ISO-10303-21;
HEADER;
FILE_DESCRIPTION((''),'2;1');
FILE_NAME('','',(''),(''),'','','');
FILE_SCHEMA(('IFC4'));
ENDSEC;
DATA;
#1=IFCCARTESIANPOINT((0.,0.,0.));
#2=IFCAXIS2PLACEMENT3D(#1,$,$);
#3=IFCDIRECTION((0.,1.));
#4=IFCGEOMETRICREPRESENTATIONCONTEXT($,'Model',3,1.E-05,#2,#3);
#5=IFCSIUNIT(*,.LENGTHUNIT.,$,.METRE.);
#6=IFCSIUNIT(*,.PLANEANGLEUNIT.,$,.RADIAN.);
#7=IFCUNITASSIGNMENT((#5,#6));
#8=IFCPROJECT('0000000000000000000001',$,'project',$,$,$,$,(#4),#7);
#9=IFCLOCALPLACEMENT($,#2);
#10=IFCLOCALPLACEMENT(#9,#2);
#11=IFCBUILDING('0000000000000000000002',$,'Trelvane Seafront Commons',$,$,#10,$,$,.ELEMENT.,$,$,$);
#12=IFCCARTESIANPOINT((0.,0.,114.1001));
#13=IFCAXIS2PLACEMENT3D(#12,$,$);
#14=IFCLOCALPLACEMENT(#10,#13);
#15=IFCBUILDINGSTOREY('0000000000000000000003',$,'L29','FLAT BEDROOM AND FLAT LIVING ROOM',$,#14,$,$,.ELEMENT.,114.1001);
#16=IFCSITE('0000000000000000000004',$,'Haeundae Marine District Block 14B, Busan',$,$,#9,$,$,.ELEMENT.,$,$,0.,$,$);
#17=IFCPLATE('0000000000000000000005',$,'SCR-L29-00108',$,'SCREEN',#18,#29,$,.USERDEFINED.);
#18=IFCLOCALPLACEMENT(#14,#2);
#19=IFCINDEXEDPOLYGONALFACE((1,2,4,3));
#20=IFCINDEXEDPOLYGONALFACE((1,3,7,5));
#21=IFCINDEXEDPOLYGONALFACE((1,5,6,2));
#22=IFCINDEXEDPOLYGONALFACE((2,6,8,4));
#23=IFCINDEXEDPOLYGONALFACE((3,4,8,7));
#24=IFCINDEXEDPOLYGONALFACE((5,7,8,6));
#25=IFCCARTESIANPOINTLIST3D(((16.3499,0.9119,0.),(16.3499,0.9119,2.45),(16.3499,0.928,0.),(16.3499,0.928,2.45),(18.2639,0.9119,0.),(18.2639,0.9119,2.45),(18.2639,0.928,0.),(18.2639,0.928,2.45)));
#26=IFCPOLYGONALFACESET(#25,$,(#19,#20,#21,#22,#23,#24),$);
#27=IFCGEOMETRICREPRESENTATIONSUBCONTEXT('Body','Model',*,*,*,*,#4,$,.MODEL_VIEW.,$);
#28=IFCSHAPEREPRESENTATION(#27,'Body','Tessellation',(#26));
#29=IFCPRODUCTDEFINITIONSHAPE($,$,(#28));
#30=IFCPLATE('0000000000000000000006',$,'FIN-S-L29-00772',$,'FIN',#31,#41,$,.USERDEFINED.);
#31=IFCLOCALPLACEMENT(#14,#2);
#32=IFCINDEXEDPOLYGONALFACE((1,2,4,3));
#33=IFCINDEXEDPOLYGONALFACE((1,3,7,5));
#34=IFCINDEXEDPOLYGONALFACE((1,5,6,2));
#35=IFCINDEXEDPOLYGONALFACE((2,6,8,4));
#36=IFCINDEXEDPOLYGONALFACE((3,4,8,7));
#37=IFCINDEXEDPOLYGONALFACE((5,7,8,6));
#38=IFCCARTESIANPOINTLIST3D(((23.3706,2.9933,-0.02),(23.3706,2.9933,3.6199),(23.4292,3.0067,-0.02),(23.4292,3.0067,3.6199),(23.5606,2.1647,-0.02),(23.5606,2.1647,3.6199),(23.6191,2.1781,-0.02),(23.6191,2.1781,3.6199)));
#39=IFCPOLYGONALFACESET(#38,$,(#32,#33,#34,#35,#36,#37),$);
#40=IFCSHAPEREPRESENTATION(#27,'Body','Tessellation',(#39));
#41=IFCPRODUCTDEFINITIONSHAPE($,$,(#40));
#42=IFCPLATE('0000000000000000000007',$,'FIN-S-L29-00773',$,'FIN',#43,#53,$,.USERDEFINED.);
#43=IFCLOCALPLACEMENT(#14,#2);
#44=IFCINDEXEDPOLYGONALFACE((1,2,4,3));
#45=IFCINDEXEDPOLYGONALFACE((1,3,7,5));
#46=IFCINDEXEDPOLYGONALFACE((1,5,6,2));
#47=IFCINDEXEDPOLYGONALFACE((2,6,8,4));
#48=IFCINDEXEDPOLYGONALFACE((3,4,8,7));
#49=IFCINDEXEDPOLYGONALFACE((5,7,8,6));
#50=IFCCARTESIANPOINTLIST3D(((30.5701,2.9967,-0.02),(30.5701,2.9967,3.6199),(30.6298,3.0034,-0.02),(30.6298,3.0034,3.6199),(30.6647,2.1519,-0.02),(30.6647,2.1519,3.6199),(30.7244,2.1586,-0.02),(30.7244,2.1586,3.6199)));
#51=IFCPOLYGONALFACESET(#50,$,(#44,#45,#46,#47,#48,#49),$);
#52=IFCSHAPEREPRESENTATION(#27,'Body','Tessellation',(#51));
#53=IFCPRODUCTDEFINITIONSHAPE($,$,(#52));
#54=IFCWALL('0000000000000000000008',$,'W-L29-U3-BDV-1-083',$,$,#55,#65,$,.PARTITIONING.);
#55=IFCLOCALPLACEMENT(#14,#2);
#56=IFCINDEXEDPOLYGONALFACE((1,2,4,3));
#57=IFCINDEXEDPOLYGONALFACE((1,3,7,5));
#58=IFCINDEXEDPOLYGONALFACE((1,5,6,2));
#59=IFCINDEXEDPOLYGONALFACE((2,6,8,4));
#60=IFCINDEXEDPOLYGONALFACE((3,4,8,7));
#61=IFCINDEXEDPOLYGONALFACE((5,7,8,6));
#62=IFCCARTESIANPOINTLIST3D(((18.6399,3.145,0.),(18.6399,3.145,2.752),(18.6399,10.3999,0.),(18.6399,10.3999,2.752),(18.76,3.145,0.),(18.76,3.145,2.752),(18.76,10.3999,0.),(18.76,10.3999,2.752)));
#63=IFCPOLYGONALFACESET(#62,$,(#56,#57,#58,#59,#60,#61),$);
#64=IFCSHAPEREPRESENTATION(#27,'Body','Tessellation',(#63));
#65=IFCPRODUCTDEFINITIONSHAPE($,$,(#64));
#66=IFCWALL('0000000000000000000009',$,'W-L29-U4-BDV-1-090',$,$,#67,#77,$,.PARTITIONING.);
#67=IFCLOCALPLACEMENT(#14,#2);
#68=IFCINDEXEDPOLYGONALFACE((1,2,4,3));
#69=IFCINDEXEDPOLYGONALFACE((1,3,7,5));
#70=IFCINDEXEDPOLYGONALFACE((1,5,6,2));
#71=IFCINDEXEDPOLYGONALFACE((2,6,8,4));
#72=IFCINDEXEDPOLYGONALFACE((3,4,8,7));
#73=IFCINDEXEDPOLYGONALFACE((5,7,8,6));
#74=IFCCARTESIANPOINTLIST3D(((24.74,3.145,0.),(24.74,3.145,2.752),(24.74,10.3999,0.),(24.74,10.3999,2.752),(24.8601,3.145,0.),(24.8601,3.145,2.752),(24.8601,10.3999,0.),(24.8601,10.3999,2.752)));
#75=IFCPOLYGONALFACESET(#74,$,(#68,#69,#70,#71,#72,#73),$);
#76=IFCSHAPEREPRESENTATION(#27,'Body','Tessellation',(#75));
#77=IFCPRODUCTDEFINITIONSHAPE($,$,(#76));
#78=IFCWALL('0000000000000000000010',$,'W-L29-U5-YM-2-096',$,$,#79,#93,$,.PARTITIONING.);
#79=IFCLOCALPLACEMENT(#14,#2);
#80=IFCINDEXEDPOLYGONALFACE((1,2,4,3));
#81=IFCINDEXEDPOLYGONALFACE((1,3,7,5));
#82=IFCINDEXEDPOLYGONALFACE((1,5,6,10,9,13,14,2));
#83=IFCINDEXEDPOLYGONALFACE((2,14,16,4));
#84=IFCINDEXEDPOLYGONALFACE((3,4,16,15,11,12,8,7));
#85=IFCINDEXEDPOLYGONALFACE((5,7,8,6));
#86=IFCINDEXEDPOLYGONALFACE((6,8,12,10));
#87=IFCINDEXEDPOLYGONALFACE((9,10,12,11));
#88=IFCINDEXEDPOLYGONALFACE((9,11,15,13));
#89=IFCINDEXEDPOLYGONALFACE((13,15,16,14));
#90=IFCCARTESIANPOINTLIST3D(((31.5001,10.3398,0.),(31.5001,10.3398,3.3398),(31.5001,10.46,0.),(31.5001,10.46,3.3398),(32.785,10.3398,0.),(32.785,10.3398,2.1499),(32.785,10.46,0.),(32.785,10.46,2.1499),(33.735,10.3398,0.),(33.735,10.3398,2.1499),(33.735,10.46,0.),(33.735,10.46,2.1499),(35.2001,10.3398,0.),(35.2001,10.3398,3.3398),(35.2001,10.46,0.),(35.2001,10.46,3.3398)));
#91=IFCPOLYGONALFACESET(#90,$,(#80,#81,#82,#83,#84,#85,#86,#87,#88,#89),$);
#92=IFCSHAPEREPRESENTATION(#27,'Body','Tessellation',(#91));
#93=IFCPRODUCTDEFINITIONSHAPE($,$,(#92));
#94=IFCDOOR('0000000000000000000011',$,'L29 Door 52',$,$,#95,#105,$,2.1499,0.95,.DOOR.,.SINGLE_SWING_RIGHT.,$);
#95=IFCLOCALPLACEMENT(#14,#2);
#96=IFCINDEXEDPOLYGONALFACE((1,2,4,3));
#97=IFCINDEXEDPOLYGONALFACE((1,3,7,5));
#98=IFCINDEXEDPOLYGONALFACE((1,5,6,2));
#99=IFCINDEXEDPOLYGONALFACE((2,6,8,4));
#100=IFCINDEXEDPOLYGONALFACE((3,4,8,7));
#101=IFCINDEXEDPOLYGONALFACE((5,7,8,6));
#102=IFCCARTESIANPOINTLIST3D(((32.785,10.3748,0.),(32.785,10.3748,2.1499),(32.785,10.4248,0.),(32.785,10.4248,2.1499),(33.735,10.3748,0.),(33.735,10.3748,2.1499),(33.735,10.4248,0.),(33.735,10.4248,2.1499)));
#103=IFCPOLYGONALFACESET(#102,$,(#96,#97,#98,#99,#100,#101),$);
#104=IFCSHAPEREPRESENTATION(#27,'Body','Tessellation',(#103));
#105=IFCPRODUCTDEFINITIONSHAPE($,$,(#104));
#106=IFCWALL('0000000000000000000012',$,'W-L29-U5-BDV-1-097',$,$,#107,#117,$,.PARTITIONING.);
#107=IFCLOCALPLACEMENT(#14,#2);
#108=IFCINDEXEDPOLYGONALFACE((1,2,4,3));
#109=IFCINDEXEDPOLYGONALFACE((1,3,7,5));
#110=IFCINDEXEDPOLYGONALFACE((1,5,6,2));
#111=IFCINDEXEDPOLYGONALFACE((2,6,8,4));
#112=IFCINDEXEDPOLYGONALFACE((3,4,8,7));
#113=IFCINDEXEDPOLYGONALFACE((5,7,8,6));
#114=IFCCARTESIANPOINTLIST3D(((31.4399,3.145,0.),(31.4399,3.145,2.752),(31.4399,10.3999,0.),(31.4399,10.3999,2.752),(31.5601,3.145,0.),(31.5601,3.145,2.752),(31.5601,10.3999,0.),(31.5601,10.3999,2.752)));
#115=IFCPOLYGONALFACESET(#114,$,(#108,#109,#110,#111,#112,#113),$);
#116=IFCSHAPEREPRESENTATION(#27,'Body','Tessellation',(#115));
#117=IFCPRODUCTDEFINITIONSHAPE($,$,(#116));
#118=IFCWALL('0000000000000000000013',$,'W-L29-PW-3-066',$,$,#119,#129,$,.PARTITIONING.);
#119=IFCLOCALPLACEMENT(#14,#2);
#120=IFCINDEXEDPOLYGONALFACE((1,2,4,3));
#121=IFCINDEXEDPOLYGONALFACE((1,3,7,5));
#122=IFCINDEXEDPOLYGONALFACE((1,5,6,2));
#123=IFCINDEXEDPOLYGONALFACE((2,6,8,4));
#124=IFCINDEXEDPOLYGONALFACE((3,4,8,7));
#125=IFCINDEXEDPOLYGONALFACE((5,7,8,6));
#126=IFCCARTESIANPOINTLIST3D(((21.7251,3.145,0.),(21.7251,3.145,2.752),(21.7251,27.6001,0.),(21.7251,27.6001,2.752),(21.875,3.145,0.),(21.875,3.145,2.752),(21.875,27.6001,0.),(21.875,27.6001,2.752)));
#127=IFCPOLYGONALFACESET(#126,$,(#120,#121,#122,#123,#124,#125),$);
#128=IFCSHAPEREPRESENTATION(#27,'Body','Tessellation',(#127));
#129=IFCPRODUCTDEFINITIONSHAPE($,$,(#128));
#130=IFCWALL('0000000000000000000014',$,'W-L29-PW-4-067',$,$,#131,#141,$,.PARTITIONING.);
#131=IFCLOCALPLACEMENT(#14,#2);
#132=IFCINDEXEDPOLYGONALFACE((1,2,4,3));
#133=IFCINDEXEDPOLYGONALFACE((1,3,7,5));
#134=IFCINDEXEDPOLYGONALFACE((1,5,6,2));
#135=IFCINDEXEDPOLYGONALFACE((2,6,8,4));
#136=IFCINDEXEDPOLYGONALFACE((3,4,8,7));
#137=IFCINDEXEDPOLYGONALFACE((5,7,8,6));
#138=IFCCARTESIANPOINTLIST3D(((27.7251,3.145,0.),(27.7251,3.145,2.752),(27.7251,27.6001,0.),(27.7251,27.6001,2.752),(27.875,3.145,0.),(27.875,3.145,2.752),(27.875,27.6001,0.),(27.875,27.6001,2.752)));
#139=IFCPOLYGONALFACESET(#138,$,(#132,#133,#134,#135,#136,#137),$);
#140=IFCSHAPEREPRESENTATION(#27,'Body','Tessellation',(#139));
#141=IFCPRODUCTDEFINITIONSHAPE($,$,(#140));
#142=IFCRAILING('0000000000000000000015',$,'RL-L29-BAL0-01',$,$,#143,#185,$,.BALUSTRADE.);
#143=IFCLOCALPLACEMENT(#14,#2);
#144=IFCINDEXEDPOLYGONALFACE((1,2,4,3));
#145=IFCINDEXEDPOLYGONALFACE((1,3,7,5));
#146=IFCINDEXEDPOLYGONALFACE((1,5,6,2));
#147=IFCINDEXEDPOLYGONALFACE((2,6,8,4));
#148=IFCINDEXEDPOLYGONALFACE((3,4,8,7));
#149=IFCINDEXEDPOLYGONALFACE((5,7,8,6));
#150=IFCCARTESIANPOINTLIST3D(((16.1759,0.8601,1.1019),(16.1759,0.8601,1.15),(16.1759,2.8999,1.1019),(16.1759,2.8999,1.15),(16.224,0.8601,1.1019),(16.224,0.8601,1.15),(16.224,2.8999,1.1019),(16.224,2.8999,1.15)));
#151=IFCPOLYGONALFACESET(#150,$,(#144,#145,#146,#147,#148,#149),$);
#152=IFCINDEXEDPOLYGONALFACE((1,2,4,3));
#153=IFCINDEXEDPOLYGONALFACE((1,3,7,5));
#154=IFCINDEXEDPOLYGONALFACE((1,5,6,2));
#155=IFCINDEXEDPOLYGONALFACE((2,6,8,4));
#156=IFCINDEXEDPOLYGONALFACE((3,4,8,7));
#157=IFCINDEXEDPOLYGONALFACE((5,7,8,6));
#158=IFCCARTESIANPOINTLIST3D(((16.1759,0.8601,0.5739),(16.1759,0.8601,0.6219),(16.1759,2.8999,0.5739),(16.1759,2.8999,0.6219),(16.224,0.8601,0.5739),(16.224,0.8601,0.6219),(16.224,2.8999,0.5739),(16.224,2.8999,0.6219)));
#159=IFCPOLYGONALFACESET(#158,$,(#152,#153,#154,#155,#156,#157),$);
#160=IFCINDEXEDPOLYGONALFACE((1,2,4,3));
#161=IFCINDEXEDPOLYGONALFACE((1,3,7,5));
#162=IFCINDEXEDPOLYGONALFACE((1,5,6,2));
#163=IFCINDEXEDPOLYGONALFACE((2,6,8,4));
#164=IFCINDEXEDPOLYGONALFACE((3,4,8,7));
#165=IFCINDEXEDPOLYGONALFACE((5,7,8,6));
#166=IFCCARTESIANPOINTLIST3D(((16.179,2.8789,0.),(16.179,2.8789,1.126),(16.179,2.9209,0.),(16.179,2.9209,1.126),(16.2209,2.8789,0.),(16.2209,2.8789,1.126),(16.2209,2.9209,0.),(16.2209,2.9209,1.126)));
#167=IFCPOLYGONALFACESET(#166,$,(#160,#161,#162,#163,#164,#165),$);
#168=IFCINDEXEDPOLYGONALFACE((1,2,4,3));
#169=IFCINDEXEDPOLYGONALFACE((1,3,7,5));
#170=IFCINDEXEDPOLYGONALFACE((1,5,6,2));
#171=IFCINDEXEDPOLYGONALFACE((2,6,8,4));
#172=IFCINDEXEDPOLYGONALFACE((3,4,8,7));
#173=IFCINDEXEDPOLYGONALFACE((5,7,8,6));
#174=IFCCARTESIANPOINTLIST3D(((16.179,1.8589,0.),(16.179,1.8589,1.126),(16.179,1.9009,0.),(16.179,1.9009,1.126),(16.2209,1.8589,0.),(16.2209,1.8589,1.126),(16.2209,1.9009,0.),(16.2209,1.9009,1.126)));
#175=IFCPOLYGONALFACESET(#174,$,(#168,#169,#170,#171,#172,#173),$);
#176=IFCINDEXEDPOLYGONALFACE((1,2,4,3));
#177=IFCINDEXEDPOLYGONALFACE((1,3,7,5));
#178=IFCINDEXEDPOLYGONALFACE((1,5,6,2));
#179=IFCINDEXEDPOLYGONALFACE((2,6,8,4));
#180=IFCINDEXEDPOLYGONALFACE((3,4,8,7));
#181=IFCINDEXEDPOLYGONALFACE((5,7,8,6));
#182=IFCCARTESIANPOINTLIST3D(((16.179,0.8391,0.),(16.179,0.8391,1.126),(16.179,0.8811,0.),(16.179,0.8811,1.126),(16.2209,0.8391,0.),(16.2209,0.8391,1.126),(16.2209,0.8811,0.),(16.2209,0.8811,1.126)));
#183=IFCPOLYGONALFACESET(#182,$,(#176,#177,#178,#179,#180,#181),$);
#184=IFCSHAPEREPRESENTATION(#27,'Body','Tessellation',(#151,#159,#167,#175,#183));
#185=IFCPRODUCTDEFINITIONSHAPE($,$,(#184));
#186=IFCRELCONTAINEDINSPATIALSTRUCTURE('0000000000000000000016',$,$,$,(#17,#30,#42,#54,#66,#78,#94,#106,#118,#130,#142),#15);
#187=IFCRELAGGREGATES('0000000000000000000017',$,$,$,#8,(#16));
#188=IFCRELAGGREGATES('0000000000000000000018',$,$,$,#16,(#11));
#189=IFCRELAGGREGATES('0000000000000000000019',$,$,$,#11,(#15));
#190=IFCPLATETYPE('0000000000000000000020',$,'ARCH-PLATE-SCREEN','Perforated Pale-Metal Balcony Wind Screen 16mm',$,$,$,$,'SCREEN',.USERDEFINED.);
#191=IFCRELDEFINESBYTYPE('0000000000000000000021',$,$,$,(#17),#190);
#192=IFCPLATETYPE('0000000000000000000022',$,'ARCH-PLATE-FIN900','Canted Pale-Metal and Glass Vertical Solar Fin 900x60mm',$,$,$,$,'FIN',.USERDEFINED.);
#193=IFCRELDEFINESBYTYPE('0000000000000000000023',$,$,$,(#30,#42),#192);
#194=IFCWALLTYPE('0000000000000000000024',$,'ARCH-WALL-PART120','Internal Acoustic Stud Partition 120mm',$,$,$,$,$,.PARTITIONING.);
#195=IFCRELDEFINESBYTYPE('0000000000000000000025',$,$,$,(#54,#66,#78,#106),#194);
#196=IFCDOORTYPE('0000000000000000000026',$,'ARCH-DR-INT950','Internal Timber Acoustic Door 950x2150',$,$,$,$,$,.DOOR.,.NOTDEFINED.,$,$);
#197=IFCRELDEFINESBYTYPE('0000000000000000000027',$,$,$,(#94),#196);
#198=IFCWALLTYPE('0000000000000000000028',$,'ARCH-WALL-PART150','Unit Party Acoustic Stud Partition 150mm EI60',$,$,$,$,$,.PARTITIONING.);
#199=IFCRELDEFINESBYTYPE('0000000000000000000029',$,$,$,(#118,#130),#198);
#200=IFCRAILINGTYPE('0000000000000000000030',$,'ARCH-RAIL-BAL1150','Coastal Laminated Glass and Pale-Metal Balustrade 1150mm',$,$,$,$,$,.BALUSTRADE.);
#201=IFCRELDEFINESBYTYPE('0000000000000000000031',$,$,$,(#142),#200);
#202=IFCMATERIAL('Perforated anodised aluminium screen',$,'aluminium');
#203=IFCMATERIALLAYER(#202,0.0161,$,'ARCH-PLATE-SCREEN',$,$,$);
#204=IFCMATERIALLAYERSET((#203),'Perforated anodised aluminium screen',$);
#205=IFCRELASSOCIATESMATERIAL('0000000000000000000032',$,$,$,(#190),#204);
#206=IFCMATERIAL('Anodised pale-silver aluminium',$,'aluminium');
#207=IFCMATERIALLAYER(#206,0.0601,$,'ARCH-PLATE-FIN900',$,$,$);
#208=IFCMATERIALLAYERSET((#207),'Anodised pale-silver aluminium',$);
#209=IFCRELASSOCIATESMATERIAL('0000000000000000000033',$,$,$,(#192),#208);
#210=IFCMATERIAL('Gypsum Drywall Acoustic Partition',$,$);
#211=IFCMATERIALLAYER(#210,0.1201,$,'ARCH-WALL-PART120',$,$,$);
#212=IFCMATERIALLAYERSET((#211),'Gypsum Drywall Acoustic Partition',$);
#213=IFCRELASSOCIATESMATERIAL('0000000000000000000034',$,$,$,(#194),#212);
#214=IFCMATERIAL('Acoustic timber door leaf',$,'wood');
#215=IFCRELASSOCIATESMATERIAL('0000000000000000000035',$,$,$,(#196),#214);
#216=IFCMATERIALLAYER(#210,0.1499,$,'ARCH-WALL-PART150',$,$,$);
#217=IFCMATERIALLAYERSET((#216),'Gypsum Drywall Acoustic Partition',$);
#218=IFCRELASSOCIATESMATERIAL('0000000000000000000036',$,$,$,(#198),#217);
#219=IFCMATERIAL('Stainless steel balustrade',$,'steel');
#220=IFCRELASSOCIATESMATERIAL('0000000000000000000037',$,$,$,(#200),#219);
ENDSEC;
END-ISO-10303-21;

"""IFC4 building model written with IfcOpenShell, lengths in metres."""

from ifc_helpers import new_model, si_unit, direction, frame, frame_2d, origin, origin_2d, place, context, subcontext, project, spatial, rectangle, extrude, source, transform, mapped, material, layer, layer_set, type_object, element, fill, save


model = new_model("IFC4")

# Units and contexts
model_context = context("Model", 3, precision=1e-05, world=origin(), true_north=direction((0.0, 1.0)))
body_context = subcontext(model_context, "Body", "Model", "MODEL_VIEW")
ifc_project = project(units=[si_unit("LENGTHUNIT", "METRE"), si_unit("PLANEANGLEUNIT", "RADIAN")], contexts=[model_context])

# Site, building, storey
site_placement = place(None, origin())
site = spatial("IfcSite", under=ifc_project, at=site_placement, Name="Haeundae Marine District Block 14B, Busan", CompositionType="ELEMENT", RefElevation=0.0)
building_placement = place(site_placement, origin())
building = spatial("IfcBuilding", under=site, at=building_placement, Name="Trelvane Seafront Commons", CompositionType="ELEMENT")
storey_placement = place(building_placement, frame((0.0, 0.0, 114.1001)))
storey = spatial("IfcBuildingStorey", under=building, at=storey_placement, Name="L29", Description="FLAT BEDROOM AND FLAT LIVING ROOM", CompositionType="ELEMENT", Elevation=114.1001)

# Plates
ifc_material_1 = material(Name="Perforated anodised aluminium screen", Category="aluminium")
ifc_layer_1 = layer(ifc_material_1, 0.0161, Name="ARCH-PLATE-SCREEN")
ifc_layer_set_1 = layer_set([ifc_layer_1], Name="Perforated anodised aluminium screen")
plate_type_1 = type_object("IfcPlateType", Name="ARCH-PLATE-SCREEN", Description="Perforated Pale-Metal Balcony Wind Screen 16mm", ElementType="SCREEN", PredefinedType="USERDEFINED", material=ifc_layer_set_1)
shared_shape_1 = source(origin(), body_context, "Body", "SweptSolid", [
    extrude(rectangle(XDim=1.9141, YDim=0.0161, at=origin_2d()), origin(), (0.0, 0.0, 1.0), 2.45),
])
plate_placement = place(storey_placement, frame((17.3069, 0.9199, 0.0), z_axis=(0.0, 0.0, 1.0), x_axis=(1.0, 0.0, 0.0)))
element("IfcPlate", 1, at=plate_placement, inside=storey, type_object=plate_type_1, Name="SCR-L29-00108", ObjectType="SCREEN", PredefinedType="USERDEFINED", context=body_context, shape_type="MappedRepresentation", body=[
    mapped(shared_shape_1, transform((0.0, 0.0, 0.0), x_axis=(1.0, 0.0, 0.0), y_axis=(0.0, 1.0, 0.0), z_axis=(0.0, 0.0, 1.0), scale=1.0)),
])
ifc_material_2 = material(Name="Anodised pale-silver aluminium", Category="aluminium")
ifc_layer_2 = layer(ifc_material_2, 0.0601, Name="ARCH-PLATE-FIN900")
ifc_layer_set_2 = layer_set([ifc_layer_2], Name="Anodised pale-silver aluminium")
plate_type_2 = type_object("IfcPlateType", Name="ARCH-PLATE-FIN900", Description="Canted Pale-Metal and Glass Vertical Solar Fin 900x60mm", ElementType="FIN", PredefinedType="USERDEFINED", material=ifc_layer_set_2)
shared_shape_2 = source(origin(), body_context, "Body", "SweptSolid", [
    extrude(rectangle(XDim=0.8501, YDim=0.0601, at=origin_2d()), origin(), (0.0, 0.0, 1.0), 3.6399),
])
for number, where, z_axis, x_axis, name in (
    (2, (23.4949, 2.5857, -0.02), (0.0, 0.0, 1.0), (0.223415, -0.974723, 0.0), "FIN-S-L29-00772"),
    (3, (30.6472, 2.5776, -0.02), (0.0, 0.0, 1.0), (0.111297, -0.993787, 0.0), "FIN-S-L29-00773"),
):
    element("IfcPlate", number, at=place(storey_placement, frame(where, z_axis=z_axis, x_axis=x_axis)), inside=storey, type_object=plate_type_2, Name=name, ObjectType="FIN", PredefinedType="USERDEFINED", context=body_context, shape_type="MappedRepresentation", body=[
        mapped(shared_shape_2, transform((0.0, 0.0, 0.0), x_axis=(1.0, 0.0, 0.0), y_axis=(0.0, 1.0, 0.0), z_axis=(0.0, 0.0, 1.0), scale=1.0)),
    ])

# Shared definitions
ifc_material_3 = material(Name="Gypsum Drywall Acoustic Partition")
ifc_layer_3 = layer(ifc_material_3, 0.1201, Name="ARCH-WALL-PART120")
ifc_layer_set_3 = layer_set([ifc_layer_3], Name="Gypsum Drywall Acoustic Partition")
wall_type_1 = type_object("IfcWallType", Name="ARCH-WALL-PART120", Description="Internal Acoustic Stud Partition 120mm", PredefinedType="PARTITIONING", material=ifc_layer_set_3)
ifc_material_4 = material(Name="Acoustic timber door leaf", Category="wood")
door_type = type_object("IfcDoorType", Name="ARCH-DR-INT950", Description="Internal Timber Acoustic Door 950x2150", OperationType="NOTDEFINED", PredefinedType="DOOR", material=ifc_material_4)
shared_shape_3 = source(origin(), body_context, "Body", "SweptSolid", [
    extrude(rectangle(XDim=0.95, YDim=2.1499, at=frame_2d((0.4751, 1.075))), frame((0.0, 0.0249, 0.0), z_axis=(0.0, -1.0, 0.0), x_axis=(1.0, 0.0, 0.0)), (0.0, 0.0, 1.0), 0.05),
])

# Wall
wall_1_placement = place(storey_placement, frame((18.7, 3.145, 0.0), z_axis=(0.0, 0.0, 1.0), x_axis=(0.0, 1.0, 0.0)))
element("IfcWall", 4, at=wall_1_placement, inside=storey, type_object=wall_type_1, Name="W-L29-U3-BDV-1-083", PredefinedType="PARTITIONING", context=body_context, shape_type="SweptSolid", body=[
    extrude(rectangle(XDim=7.2549, YDim=0.1201, at=frame_2d((3.6274, 0.0))), origin(), (0.0, 0.0, 1.0), 2.752),
])

# Wall
wall_2_placement = place(storey_placement, frame((24.8, 3.145, 0.0), z_axis=(0.0, 0.0, 1.0), x_axis=(0.0, 1.0, 0.0)))
element("IfcWall", 5, at=wall_2_placement, inside=storey, type_object=wall_type_1, Name="W-L29-U4-BDV-1-090", PredefinedType="PARTITIONING", context=body_context, shape_type="SweptSolid", body=[
    extrude(rectangle(XDim=7.2549, YDim=0.1201, at=frame_2d((3.6274, 0.0))), origin(), (0.0, 0.0, 1.0), 2.752),
])

# Wall, opening, door
wall_3_placement = place(storey_placement, frame((31.5, 10.3999, 0.0), z_axis=(0.0, 0.0, 1.0), x_axis=(1.0, 0.0, 0.0)))
wall_3 = element("IfcWall", 6, at=wall_3_placement, inside=storey, type_object=wall_type_1, Name="W-L29-U5-YM-2-096", PredefinedType="PARTITIONING", context=body_context, shape_type="SweptSolid", body=[
    extrude(rectangle(XDim=3.7, YDim=0.1201, at=frame_2d((1.8501, 0.0))), origin(), (0.0, 0.0, 1.0), 3.3398),
])
opening_1_placement = place(wall_3_placement, frame((1.2849, 0.0, 0.0)))
opening_1 = element("IfcOpeningElement", 7, at=opening_1_placement, cuts=wall_3, PredefinedType="OPENING", context=body_context, shape_type="SweptSolid", body=[
    extrude(rectangle(XDim=0.95, YDim=2.1499, at=frame_2d((0.4751, 1.075))), frame((0.0, 0.0701, 0.0), z_axis=(0.0, -1.0, 0.0), x_axis=(1.0, 0.0, 0.0)), (0.0, 0.0, 1.0), 0.1401),
])
door_1_placement = place(opening_1_placement, origin())
door_1 = element("IfcDoor", 8, at=door_1_placement, inside=storey, type_object=door_type, Name="L29 Door 52", OperationType="SINGLE_SWING_RIGHT", OverallHeight=2.1499, OverallWidth=0.95, PredefinedType="DOOR", context=body_context, shape_type="MappedRepresentation", body=[
    mapped(shared_shape_3, transform((0.0, 0.0, 0.0), x_axis=(1.0, 0.0, 0.0), y_axis=(0.0, 1.0, 0.0), z_axis=(0.0, 0.0, 1.0), scale=1.0)),
])
fill(opening_1, door_1)

# Walls
wall_4_placement = place(storey_placement, frame((31.5, 3.145, 0.0), z_axis=(0.0, 0.0, 1.0), x_axis=(0.0, 1.0, 0.0)))
element("IfcWall", 9, at=wall_4_placement, inside=storey, type_object=wall_type_1, Name="W-L29-U5-BDV-1-097", PredefinedType="PARTITIONING", context=body_context, shape_type="SweptSolid", body=[
    extrude(rectangle(XDim=7.2549, YDim=0.1201, at=frame_2d((3.6274, 0.0))), origin(), (0.0, 0.0, 1.0), 2.752),
])
ifc_layer_4 = layer(ifc_material_3, 0.1499, Name="ARCH-WALL-PART150")
ifc_layer_set_4 = layer_set([ifc_layer_4], Name="Gypsum Drywall Acoustic Partition")
wall_type_2 = type_object("IfcWallType", Name="ARCH-WALL-PART150", Description="Unit Party Acoustic Stud Partition 150mm EI60", PredefinedType="PARTITIONING", material=ifc_layer_set_4)
for number, where, z_axis, x_axis, name in (
    (10, (21.8, 3.145, 0.0), (0.0, 0.0, 1.0), (0.0, 1.0, 0.0), "W-L29-PW-3-066"),
    (11, (27.8, 3.145, 0.0), (0.0, 0.0, 1.0), (0.0, 1.0, 0.0), "W-L29-PW-4-067"),
):
    element("IfcWall", number, at=place(storey_placement, frame(where, z_axis=z_axis, x_axis=x_axis)), inside=storey, type_object=wall_type_2, Name=name, PredefinedType="PARTITIONING", context=body_context, shape_type="SweptSolid", body=[
        extrude(rectangle(XDim=24.4551, YDim=0.1499, at=frame_2d((12.2275, 0.0))), origin(), (0.0, 0.0, 1.0), 2.752),
    ])

# Railing
ifc_material_5 = material(Name="Stainless steel balustrade", Category="steel")
railing_type = type_object("IfcRailingType", Name="ARCH-RAIL-BAL1150", Description="Coastal Laminated Glass and Pale-Metal Balustrade 1150mm", PredefinedType="BALUSTRADE", material=ifc_material_5)
railing_1_placement = place(storey_placement, frame((16.2, 2.8999, 0.0)))
element("IfcRailing", 12, at=railing_1_placement, inside=storey, type_object=railing_type, Name="RL-L29-BAL0-01", PredefinedType="BALUSTRADE", context=body_context, shape_type="SweptSolid", body=[
    extrude(rectangle(XDim=0.0481, YDim=0.0481, at=origin_2d()), frame((0.0, 0.0, 1.126), z_axis=(0.0, -1.0, 0.0), x_axis=(1.0, 0.0, 0.0)), (0.0, 0.0, 1.0), 2.0398),
    extrude(rectangle(XDim=0.0481, YDim=0.0481, at=origin_2d()), frame((0.0, 0.0, 0.5979), z_axis=(0.0, -1.0, 0.0), x_axis=(1.0, 0.0, 0.0)), (0.0, 0.0, 1.0), 2.0398),
    extrude(rectangle(XDim=0.042, YDim=0.042, at=origin_2d()), origin(), (0.0, 0.0, 1.0), 1.126),
    extrude(rectangle(XDim=0.042, YDim=0.042, at=origin_2d()), frame((0.0, -1.02, 0.0)), (0.0, 0.0, 1.0), 1.126),
    extrude(rectangle(XDim=0.042, YDim=0.042, at=origin_2d()), frame((0.0, -2.0398, 0.0)), (0.0, 0.0, 1.0), 1.126),
])

save(model, "model.ifc")
